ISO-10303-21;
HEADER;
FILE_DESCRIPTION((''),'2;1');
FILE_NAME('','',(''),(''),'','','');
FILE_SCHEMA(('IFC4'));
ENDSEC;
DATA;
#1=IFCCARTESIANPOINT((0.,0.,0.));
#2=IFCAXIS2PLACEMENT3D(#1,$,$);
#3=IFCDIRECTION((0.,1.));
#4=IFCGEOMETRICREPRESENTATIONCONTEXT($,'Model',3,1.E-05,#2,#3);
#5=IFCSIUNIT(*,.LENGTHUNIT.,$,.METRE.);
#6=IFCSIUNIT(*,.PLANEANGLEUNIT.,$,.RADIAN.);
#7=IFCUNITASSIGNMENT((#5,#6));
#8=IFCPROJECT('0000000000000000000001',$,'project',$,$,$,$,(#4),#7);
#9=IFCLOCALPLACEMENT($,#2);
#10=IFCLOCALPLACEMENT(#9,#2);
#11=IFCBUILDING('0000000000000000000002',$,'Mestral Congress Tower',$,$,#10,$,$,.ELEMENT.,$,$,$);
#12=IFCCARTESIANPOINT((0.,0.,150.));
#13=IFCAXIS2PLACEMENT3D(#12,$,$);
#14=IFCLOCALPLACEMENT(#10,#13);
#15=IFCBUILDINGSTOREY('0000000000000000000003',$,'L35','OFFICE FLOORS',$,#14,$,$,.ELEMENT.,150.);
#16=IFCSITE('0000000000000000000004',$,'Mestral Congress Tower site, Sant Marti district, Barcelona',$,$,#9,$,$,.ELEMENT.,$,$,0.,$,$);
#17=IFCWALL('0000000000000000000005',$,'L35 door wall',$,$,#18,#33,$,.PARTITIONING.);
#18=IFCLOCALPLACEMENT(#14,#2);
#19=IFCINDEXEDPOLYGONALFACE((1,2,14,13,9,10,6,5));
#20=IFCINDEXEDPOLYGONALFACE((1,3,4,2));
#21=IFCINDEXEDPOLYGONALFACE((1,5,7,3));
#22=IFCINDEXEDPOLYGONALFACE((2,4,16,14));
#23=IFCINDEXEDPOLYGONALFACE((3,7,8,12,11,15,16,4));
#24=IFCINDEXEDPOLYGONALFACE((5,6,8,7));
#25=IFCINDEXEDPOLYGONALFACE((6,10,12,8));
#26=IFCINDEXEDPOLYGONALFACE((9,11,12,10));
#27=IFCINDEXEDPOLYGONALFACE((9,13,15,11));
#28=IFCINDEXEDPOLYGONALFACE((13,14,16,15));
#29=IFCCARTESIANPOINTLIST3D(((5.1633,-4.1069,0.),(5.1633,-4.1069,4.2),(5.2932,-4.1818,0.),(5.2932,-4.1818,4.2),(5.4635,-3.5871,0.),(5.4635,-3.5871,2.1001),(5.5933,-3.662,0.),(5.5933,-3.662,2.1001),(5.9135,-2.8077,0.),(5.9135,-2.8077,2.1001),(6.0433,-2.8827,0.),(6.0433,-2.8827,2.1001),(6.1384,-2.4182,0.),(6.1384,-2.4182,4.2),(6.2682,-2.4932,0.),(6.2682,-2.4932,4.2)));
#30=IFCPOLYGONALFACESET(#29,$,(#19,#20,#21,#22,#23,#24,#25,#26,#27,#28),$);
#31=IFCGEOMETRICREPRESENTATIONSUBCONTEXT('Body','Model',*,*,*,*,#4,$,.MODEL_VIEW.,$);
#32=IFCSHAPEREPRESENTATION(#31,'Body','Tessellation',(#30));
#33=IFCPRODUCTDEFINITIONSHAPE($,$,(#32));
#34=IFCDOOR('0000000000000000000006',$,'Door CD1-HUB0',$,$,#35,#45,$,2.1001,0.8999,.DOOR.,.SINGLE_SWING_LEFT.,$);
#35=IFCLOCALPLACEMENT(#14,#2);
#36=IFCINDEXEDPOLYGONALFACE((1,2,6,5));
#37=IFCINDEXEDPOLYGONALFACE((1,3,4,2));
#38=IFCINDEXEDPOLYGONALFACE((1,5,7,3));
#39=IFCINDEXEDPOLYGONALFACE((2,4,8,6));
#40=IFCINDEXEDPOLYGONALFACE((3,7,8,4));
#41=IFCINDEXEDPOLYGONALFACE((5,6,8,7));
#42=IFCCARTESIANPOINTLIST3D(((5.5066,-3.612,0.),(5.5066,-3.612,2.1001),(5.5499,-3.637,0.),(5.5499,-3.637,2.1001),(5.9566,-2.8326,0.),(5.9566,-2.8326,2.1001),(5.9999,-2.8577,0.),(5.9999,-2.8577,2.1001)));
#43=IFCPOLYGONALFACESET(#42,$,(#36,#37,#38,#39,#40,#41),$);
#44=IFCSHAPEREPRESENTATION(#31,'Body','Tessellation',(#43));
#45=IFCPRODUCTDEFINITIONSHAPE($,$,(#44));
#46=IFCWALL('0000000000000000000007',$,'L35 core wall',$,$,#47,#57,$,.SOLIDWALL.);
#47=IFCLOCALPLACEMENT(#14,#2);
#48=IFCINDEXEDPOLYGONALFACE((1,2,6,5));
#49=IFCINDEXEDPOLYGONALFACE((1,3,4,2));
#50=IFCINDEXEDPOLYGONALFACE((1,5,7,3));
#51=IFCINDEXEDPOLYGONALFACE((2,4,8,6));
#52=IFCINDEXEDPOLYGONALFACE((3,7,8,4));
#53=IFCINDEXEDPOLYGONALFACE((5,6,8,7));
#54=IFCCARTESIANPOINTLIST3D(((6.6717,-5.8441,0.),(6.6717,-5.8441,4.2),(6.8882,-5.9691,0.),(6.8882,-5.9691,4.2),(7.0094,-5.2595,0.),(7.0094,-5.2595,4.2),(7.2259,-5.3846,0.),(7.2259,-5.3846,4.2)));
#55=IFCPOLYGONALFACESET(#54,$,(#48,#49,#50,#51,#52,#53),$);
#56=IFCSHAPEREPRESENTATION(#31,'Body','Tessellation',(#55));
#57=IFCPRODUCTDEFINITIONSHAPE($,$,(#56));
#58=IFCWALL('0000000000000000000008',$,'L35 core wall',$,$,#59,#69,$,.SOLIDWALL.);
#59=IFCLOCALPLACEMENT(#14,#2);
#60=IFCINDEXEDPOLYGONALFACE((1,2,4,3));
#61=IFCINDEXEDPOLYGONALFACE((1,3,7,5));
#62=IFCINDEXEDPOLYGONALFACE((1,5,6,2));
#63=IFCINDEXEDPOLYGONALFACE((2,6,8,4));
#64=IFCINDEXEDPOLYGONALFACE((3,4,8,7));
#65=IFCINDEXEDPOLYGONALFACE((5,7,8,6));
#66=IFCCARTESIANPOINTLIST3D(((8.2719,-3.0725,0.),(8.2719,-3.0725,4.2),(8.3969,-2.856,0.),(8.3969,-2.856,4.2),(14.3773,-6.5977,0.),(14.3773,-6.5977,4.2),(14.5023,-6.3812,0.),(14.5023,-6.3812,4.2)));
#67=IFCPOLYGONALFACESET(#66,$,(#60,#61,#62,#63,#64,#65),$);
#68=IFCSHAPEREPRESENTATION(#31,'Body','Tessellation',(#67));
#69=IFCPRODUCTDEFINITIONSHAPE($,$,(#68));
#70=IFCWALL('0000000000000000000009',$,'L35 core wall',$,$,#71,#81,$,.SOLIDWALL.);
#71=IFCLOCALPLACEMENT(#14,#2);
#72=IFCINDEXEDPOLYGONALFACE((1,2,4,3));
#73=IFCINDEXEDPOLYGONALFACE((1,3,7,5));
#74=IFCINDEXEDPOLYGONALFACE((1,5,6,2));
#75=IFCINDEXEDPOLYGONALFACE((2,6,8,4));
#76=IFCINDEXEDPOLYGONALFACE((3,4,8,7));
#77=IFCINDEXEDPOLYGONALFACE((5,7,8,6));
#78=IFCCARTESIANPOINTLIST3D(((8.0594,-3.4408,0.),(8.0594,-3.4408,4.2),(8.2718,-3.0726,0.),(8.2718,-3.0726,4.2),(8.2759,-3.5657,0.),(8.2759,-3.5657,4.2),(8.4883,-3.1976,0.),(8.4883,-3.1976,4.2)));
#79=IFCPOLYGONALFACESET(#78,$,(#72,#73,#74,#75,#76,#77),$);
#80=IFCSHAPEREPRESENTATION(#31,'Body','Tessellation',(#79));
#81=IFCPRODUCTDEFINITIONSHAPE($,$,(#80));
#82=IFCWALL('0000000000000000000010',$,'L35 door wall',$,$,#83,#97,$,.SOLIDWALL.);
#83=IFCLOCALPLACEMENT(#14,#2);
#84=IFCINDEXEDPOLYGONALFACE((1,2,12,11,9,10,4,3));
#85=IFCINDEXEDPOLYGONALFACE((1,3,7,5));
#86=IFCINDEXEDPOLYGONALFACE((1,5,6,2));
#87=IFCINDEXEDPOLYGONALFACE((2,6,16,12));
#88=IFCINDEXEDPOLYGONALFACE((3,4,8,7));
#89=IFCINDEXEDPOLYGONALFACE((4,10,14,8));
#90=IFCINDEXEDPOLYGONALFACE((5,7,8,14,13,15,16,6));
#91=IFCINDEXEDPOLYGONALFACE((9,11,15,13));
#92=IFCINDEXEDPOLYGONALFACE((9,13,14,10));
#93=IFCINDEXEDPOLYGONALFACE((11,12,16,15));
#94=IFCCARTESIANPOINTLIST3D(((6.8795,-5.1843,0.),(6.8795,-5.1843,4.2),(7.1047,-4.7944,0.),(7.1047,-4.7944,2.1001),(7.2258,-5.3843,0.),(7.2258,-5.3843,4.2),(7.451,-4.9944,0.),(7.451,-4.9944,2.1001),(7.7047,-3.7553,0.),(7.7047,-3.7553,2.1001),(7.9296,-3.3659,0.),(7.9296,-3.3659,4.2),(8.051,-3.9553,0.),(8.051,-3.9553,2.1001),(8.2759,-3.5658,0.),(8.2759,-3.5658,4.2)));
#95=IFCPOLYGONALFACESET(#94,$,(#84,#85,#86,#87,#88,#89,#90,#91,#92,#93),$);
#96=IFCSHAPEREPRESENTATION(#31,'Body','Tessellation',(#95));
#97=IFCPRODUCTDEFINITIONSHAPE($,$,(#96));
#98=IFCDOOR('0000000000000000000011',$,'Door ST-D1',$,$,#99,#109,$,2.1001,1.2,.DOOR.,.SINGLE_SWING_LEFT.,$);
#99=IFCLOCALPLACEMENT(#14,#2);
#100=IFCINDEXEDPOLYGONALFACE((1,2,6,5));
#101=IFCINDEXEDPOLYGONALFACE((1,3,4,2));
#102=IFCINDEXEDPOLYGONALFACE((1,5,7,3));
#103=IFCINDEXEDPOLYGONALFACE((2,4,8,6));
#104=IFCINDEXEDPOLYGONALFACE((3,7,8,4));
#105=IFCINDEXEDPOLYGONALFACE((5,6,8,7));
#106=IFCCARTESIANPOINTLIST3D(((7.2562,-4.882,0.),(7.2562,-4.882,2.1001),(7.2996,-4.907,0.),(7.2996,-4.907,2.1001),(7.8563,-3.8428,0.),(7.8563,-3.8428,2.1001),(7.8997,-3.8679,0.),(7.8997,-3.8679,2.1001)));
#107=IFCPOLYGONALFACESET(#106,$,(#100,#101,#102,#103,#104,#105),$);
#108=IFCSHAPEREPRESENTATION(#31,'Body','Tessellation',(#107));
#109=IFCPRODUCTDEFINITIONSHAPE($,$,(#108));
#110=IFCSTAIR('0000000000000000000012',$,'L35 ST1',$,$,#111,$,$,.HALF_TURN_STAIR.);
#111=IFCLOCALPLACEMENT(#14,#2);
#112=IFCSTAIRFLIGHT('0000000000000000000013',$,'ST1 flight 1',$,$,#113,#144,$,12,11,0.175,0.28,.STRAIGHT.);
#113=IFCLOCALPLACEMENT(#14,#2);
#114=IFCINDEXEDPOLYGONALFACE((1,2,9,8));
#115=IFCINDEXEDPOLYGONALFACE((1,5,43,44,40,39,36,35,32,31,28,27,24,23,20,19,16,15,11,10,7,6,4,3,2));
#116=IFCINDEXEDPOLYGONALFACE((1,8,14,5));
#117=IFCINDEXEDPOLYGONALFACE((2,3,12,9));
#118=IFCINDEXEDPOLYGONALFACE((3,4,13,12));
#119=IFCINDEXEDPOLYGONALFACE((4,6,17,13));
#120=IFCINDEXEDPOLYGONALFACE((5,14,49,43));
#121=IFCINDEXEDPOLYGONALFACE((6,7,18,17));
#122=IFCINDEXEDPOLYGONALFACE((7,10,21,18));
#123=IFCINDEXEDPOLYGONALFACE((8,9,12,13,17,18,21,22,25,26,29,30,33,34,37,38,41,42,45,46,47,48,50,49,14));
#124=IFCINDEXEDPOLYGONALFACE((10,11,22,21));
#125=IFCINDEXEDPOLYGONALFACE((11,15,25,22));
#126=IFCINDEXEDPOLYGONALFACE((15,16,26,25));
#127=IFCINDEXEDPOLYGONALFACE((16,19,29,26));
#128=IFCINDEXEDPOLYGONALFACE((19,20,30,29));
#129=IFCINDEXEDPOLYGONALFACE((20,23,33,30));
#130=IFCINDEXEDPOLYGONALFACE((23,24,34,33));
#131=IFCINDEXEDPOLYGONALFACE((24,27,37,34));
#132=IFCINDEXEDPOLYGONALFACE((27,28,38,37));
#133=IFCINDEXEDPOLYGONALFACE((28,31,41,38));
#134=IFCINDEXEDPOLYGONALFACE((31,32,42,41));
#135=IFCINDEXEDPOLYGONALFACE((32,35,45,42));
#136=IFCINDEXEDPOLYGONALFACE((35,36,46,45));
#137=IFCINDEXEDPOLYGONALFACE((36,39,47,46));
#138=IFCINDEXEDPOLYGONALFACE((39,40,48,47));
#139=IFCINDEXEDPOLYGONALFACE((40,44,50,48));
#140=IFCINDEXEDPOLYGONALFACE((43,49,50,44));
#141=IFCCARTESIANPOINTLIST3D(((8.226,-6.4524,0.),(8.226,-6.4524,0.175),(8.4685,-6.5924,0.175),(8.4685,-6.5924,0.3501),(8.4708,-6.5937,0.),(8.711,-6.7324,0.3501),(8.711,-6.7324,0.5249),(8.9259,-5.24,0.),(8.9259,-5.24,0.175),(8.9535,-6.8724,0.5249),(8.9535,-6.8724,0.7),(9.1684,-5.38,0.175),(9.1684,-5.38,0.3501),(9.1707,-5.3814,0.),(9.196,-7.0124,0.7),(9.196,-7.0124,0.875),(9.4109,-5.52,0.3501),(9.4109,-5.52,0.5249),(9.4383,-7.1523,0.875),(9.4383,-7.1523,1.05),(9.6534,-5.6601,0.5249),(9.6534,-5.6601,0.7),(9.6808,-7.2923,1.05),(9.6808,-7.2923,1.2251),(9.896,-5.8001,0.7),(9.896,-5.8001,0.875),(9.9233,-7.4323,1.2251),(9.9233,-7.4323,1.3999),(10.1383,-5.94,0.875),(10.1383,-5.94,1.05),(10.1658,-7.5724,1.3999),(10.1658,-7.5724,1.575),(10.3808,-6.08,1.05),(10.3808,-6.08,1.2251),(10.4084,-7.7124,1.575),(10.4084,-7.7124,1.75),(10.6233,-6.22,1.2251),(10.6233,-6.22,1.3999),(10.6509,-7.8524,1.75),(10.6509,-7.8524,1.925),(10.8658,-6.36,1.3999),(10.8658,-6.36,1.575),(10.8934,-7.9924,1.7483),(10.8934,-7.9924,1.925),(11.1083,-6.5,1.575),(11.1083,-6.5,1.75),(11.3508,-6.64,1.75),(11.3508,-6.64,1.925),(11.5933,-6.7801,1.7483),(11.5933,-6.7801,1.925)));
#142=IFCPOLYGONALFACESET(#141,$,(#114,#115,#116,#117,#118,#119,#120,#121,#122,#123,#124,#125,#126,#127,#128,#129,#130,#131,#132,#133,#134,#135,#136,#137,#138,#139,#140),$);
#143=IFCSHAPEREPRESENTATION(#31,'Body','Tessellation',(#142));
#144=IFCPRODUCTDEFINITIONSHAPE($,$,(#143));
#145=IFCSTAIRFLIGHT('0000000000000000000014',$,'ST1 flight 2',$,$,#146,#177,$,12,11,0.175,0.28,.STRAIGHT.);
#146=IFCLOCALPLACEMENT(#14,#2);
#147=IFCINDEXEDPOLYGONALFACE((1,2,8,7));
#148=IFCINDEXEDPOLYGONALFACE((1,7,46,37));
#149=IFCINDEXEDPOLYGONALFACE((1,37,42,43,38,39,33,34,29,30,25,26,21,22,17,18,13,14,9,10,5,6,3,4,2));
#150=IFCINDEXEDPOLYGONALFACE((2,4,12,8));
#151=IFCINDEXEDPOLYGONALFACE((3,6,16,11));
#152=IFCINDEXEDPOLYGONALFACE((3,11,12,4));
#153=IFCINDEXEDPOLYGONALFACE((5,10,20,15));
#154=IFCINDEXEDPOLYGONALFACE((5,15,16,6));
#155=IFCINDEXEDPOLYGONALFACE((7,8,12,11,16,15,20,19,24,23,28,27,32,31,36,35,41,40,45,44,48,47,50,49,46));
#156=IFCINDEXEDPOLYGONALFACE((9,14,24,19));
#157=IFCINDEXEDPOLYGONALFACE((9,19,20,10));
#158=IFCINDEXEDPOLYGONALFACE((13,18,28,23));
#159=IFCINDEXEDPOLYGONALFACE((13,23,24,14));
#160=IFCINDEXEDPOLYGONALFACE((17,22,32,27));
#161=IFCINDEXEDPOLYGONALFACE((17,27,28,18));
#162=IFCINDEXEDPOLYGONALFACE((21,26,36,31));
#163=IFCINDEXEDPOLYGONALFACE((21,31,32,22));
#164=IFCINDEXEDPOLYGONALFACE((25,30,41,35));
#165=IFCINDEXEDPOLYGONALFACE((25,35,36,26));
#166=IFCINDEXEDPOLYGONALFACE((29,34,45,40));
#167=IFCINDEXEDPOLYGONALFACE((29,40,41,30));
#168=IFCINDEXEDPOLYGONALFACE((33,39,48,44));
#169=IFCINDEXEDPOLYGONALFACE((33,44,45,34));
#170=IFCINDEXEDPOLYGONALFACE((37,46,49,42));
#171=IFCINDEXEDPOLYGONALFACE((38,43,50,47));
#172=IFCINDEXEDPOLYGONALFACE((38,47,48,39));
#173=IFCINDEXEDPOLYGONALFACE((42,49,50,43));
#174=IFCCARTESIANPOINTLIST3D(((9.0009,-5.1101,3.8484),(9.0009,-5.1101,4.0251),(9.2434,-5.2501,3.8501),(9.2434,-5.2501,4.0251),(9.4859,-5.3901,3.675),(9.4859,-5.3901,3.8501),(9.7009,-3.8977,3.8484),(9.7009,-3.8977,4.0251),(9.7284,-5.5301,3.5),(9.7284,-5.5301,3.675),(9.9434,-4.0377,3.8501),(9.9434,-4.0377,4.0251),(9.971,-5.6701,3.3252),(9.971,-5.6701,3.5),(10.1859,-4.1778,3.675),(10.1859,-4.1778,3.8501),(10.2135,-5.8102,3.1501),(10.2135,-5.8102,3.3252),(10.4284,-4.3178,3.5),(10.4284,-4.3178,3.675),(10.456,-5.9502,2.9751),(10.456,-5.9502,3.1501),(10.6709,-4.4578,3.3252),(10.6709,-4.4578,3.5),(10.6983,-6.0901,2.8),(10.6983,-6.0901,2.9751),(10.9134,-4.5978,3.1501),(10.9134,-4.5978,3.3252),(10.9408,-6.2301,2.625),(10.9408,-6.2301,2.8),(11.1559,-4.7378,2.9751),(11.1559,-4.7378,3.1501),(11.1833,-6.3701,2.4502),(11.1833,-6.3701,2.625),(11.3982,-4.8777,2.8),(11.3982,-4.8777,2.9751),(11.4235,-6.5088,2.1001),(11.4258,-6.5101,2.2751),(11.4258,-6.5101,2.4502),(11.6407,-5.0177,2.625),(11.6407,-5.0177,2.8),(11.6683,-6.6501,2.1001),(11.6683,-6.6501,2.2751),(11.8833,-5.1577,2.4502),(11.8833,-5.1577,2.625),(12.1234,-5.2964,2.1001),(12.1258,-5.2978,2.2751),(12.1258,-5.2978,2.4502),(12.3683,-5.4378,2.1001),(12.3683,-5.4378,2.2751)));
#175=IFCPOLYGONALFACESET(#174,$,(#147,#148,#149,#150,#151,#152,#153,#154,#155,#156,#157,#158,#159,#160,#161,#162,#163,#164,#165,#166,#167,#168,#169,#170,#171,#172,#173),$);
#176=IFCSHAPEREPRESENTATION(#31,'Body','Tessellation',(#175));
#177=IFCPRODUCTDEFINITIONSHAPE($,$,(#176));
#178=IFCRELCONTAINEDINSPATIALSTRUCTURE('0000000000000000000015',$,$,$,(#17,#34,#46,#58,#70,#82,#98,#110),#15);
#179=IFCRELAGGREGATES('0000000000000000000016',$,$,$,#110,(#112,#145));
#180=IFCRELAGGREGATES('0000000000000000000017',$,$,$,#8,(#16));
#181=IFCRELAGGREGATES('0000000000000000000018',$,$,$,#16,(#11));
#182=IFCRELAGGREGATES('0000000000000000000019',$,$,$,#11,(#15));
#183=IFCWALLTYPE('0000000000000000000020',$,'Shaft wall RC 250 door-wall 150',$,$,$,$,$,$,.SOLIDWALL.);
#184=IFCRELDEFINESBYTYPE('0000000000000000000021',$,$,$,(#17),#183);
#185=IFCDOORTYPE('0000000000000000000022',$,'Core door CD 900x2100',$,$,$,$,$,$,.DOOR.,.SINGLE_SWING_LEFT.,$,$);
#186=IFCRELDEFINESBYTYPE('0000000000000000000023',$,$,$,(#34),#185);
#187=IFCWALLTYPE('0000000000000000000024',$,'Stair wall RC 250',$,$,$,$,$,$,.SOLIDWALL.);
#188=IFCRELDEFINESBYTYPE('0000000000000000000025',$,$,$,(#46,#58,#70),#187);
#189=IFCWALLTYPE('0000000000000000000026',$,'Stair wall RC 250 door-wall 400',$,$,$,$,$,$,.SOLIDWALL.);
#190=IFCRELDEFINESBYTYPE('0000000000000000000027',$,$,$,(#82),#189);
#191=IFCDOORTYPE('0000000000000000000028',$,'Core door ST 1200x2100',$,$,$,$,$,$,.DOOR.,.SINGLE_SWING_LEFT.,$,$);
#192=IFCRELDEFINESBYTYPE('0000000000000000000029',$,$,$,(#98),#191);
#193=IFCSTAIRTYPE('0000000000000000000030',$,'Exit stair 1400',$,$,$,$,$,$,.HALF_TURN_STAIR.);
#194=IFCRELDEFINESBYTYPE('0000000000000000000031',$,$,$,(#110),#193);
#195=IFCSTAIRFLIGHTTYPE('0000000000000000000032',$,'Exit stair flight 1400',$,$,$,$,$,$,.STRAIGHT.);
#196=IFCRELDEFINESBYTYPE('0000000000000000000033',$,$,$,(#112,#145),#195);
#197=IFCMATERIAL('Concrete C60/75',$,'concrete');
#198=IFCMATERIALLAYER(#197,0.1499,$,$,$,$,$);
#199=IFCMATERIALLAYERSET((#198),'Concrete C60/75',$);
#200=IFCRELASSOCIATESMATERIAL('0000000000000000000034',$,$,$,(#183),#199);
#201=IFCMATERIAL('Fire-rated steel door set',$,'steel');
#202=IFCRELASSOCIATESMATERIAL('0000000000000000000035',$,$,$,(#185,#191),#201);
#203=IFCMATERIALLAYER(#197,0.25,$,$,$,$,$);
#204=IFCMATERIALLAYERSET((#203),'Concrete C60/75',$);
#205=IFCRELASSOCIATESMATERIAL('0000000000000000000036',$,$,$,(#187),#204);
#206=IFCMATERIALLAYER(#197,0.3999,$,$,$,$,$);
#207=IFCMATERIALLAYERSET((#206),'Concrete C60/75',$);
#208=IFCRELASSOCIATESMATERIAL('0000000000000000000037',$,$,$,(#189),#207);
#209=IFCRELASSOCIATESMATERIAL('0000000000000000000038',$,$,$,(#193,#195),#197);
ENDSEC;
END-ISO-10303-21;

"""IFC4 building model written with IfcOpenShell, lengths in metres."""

from ifc_helpers import new_model, si_unit, direction, frame, frame_2d, origin, place, context, subcontext, project, spatial, polyline, rectangle, outline, extrude, material, layer, layer_set, type_object, element, fill, aggregate, save


model = new_model("IFC4")

# Units and contexts
model_context = context("Model", 3, precision=1e-05, world=origin(), true_north=direction((0.0, 1.0)))
body_context = subcontext(model_context, "Body", "Model", "MODEL_VIEW")
ifc_project = project(units=[si_unit("LENGTHUNIT", "METRE"), si_unit("PLANEANGLEUNIT", "RADIAN")], contexts=[model_context])

# Site, building, storey
site_placement = place(None, origin())
site = spatial("IfcSite", under=ifc_project, at=site_placement, Name="Mestral Congress Tower site, Sant Marti district, Barcelona", CompositionType="ELEMENT", RefElevation=0.0)
building_placement = place(site_placement, origin())
building = spatial("IfcBuilding", under=site, at=building_placement, Name="Mestral Congress Tower", CompositionType="ELEMENT")
storey_placement = place(building_placement, frame((0.0, 0.0, 150.0)))
storey = spatial("IfcBuildingStorey", under=building, at=storey_placement, Name="L35", Description="OFFICE FLOORS", CompositionType="ELEMENT", Elevation=150.0)

# Shared definitions
ifc_material_1 = material(Name="Fire-rated steel door set", Category="steel")

# Shared definitions
ifc_material_2 = material(Name="Concrete C60/75", Category="concrete")

# Shared definitions
ifc_layer_1 = layer(ifc_material_2, 0.1499)
ifc_layer_set_1 = layer_set([ifc_layer_1], Name="Concrete C60/75")
wall_type_1 = type_object("IfcWallType", Name="Shaft wall RC 250 door-wall 150", PredefinedType="SOLIDWALL", material=ifc_layer_set_1)

# Wall, opening, door
wall_1_placement = place(storey_placement, frame((6.2034, -2.4556, 0.0), z_axis=(0.0, 0.0, 1.0), x_axis=(-0.500044, -0.866, 0.0)))
wall_1 = element("IfcWall", 1, at=wall_1_placement, inside=storey, type_object=wall_type_1, Name="L35 door wall", PredefinedType="PARTITIONING", context=body_context, shape_type="SweptSolid", body=[
    extrude(rectangle(XDim=1.95, YDim=0.1499, at=frame_2d((0.9751, 0.0))), origin(), (0.0, 0.0, 1.0), 4.2),
])
opening_1_placement = place(wall_1_placement, frame((0.45, 0.0, 0.0)))
opening_1 = element("IfcOpeningElement", 2, at=opening_1_placement, cuts=wall_1, PredefinedType="OPENING", context=body_context, shape_type="SweptSolid", body=[
    extrude(rectangle(XDim=0.8999, YDim=2.1001, at=frame_2d((0.45, 1.05))), frame((0.0, 0.085, 0.0), z_axis=(0.0, -1.0, 0.0), x_axis=(1.0, 0.0, 0.0)), (0.0, 0.0, 1.0), 0.1699),
])
door_type_1 = type_object("IfcDoorType", Name="Core door CD 900x2100", OperationType="SINGLE_SWING_LEFT", PredefinedType="DOOR", material=ifc_material_1)
door_1_placement = place(opening_1_placement, origin())
door_1 = element("IfcDoor", 3, at=door_1_placement, inside=storey, type_object=door_type_1, Name="Door CD1-HUB0", OperationType="SINGLE_SWING_LEFT", OverallHeight=2.1001, OverallWidth=0.8999, PredefinedType="DOOR", context=body_context, shape_type="SweptSolid", body=[
    extrude(rectangle(XDim=0.8999, YDim=2.1001, at=frame_2d((0.45, 1.05))), frame((0.0, 0.0249, 0.0), z_axis=(0.0, -1.0, 0.0), x_axis=(1.0, 0.0, 0.0)), (0.0, 0.0, 1.0), 0.05),
])
fill(opening_1, door_1)

# Walls
ifc_layer_2 = layer(ifc_material_2, 0.25)
ifc_layer_set_2 = layer_set([ifc_layer_2], Name="Concrete C60/75")
wall_type_2 = type_object("IfcWallType", Name="Stair wall RC 250", PredefinedType="SOLIDWALL", material=ifc_layer_set_2)
wall_2_placement = place(storey_placement, frame((6.78, -5.9065, 0.0), z_axis=(0.0, 0.0, 1.0), x_axis=(0.500223, 0.865896, 0.0)))
element("IfcWall", 4, at=wall_2_placement, inside=storey, type_object=wall_type_2, Name="L35 core wall", PredefinedType="SOLIDWALL", context=body_context, shape_type="SweptSolid", body=[
    extrude(rectangle(XDim=0.675, YDim=0.25, at=frame_2d((0.3374, 0.0))), origin(), (0.0, 0.0, 1.0), 4.2),
])
wall_3_placement = place(storey_placement, frame((8.3345, -2.9644, 0.0), z_axis=(0.0, 0.0, 1.0), x_axis=(0.866016, -0.500016, 0.0)))
element("IfcWall", 5, at=wall_3_placement, inside=storey, type_object=wall_type_2, Name="L35 core wall", PredefinedType="SOLIDWALL", context=body_context, shape_type="SweptSolid", body=[
    extrude(rectangle(XDim=7.05, YDim=0.25, at=frame_2d((3.5249, 0.0))), origin(), (0.0, 0.0, 1.0), 4.2),
])
wall_4_placement = place(storey_placement, frame((8.1677, -3.5032, 0.0), z_axis=(0.0, 0.0, 1.0), x_axis=(0.499722, 0.866186, 0.0)))
element("IfcWall", 6, at=wall_4_placement, inside=storey, type_object=wall_type_2, Name="L35 core wall", PredefinedType="SOLIDWALL", context=body_context, shape_type="SweptSolid", body=[
    extrude(rectangle(XDim=0.425, YDim=0.25, at=frame_2d((0.2124, 0.0))), origin(), (0.0, 0.0, 1.0), 4.2),
])

# Wall, opening, door
ifc_layer_3 = layer(ifc_material_2, 0.3999)
ifc_layer_set_3 = layer_set([ifc_layer_3], Name="Concrete C60/75")
wall_type_3 = type_object("IfcWallType", Name="Stair wall RC 250 door-wall 400", PredefinedType="SOLIDWALL", material=ifc_layer_set_3)
wall_5_placement = place(storey_placement, frame((7.0527, -5.2842, 0.0), z_axis=(0.0, 0.0, 1.0), x_axis=(0.500078, 0.86598, 0.0)))
wall_5 = element("IfcWall", 7, at=wall_5_placement, inside=storey, type_object=wall_type_3, Name="L35 door wall", PredefinedType="SOLIDWALL", context=body_context, shape_type="SweptSolid", body=[
    extrude(rectangle(XDim=2.0999, YDim=0.3999, at=frame_2d((1.0498, 0.0))), origin(), (0.0, 0.0, 1.0), 4.2),
])
opening_2_placement = place(wall_5_placement, frame((0.45, 0.0, 0.0)))
opening_2 = element("IfcOpeningElement", 8, at=opening_2_placement, cuts=wall_5, PredefinedType="OPENING", context=body_context, shape_type="SweptSolid", body=[
    extrude(rectangle(XDim=1.2, YDim=2.1001, at=frame_2d((0.6001, 1.05))), frame((0.0, 0.21, 0.0), z_axis=(0.0, -1.0, 0.0), x_axis=(1.0, 0.0, 0.0)), (0.0, 0.0, 1.0), 0.4199),
])
door_type_2 = type_object("IfcDoorType", Name="Core door ST 1200x2100", OperationType="SINGLE_SWING_LEFT", PredefinedType="DOOR", material=ifc_material_1)
door_2_placement = place(opening_2_placement, origin())
door_2 = element("IfcDoor", 9, at=door_2_placement, inside=storey, type_object=door_type_2, Name="Door ST-D1", OperationType="SINGLE_SWING_LEFT", OverallHeight=2.1001, OverallWidth=1.2, PredefinedType="DOOR", context=body_context, shape_type="SweptSolid", body=[
    extrude(rectangle(XDim=1.2, YDim=2.1001, at=frame_2d((0.6001, 1.05))), frame((0.0, 0.0249, 0.0), z_axis=(0.0, -1.0, 0.0), x_axis=(1.0, 0.0, 0.0)), (0.0, 0.0, 1.0), 0.05),
])
fill(opening_2, door_2)

# Stair, stair flights
stair_type = type_object("IfcStairType", Name="Exit stair 1400", PredefinedType="HALF_TURN_STAIR", material=ifc_material_2)
stair_placement = place(storey_placement, origin())
stair = element("IfcStair", 10, at=stair_placement, inside=storey, type_object=stair_type, Name="L35 ST1", PredefinedType="HALF_TURN_STAIR")
stair_flight_type = type_object("IfcStairFlightType", Name="Exit stair flight 1400", PredefinedType="STRAIGHT", material=ifc_material_2)
stair_flight_1_placement = place(storey_placement, frame((8.5759, -5.8462, 0.0), z_axis=(0.0, 0.0, 1.0), x_axis=(0.866025, -0.5, 0.0)))
stair_flight_1 = element("IfcStairFlight", 11, at=stair_flight_1_placement, type_object=stair_flight_type, Name="ST1 flight 1", NumberOfRisers=12, NumberOfTreads=11, PredefinedType="STRAIGHT", RiserHeight=0.175, TreadLength=0.28, context=body_context, shape_type="SweptSolid", body=[
    extrude(outline(polyline([(0.0, 0.0), (0.0, 0.175), (0.28, 0.175), (0.28, 0.3501), (0.5601, 0.3501), (0.5601, 0.5249), (0.8401, 0.5249), (0.8401, 0.7), (1.1201, 0.7), (1.1201, 0.875), (1.3999, 0.875), (1.3999, 1.05), (1.6799, 1.05), (1.6799, 1.2251), (1.96, 1.2251), (1.96, 1.3999), (2.24, 1.3999), (2.24, 1.575), (2.52, 1.575), (2.52, 1.75), (2.8, 1.75), (2.8, 1.925), (3.0801, 1.925), (3.0801, 2.1001), (3.0801, 1.7483), (0.2827, 0.0), (0.0, 0.0)])), frame((0.0, 0.7, 0.0), z_axis=(0.0, -1.0, 0.0), x_axis=(1.0, 0.0, 0.0)), (0.0, 0.0, 1.0), 1.3999),
])
stair_flight_2_placement = place(storey_placement, frame((12.0183, -6.0439, 2.1001), z_axis=(0.0, 0.0, 1.0), x_axis=(-0.866025, 0.5, 0.0)))
stair_flight_2 = element("IfcStairFlight", 12, at=stair_flight_2_placement, type_object=stair_flight_type, Name="ST1 flight 2", NumberOfRisers=12, NumberOfTreads=11, PredefinedType="STRAIGHT", RiserHeight=0.175, TreadLength=0.28, context=body_context, shape_type="SweptSolid", body=[
    extrude(outline(polyline([(0.0, 0.0), (0.0, 0.175), (0.28, 0.175), (0.28, 0.3501), (0.5601, 0.3501), (0.5601, 0.5249), (0.8401, 0.5249), (0.8401, 0.7), (1.1201, 0.7), (1.1201, 0.875), (1.3999, 0.875), (1.3999, 1.05), (1.6799, 1.05), (1.6799, 1.2251), (1.96, 1.2251), (1.96, 1.3999), (2.24, 1.3999), (2.24, 1.575), (2.52, 1.575), (2.52, 1.75), (2.8, 1.75), (2.8, 1.925), (3.0801, 1.925), (3.0801, 2.1001), (3.0801, 1.7483), (0.2827, 0.0), (0.0, 0.0)])), frame((0.0, 0.7, 0.0), z_axis=(0.0, -1.0, 0.0), x_axis=(1.0, 0.0, 0.0)), (0.0, 0.0, 1.0), 1.3999),
])
aggregate(stair, [stair_flight_1, stair_flight_2])

save(model, "model.ifc")
